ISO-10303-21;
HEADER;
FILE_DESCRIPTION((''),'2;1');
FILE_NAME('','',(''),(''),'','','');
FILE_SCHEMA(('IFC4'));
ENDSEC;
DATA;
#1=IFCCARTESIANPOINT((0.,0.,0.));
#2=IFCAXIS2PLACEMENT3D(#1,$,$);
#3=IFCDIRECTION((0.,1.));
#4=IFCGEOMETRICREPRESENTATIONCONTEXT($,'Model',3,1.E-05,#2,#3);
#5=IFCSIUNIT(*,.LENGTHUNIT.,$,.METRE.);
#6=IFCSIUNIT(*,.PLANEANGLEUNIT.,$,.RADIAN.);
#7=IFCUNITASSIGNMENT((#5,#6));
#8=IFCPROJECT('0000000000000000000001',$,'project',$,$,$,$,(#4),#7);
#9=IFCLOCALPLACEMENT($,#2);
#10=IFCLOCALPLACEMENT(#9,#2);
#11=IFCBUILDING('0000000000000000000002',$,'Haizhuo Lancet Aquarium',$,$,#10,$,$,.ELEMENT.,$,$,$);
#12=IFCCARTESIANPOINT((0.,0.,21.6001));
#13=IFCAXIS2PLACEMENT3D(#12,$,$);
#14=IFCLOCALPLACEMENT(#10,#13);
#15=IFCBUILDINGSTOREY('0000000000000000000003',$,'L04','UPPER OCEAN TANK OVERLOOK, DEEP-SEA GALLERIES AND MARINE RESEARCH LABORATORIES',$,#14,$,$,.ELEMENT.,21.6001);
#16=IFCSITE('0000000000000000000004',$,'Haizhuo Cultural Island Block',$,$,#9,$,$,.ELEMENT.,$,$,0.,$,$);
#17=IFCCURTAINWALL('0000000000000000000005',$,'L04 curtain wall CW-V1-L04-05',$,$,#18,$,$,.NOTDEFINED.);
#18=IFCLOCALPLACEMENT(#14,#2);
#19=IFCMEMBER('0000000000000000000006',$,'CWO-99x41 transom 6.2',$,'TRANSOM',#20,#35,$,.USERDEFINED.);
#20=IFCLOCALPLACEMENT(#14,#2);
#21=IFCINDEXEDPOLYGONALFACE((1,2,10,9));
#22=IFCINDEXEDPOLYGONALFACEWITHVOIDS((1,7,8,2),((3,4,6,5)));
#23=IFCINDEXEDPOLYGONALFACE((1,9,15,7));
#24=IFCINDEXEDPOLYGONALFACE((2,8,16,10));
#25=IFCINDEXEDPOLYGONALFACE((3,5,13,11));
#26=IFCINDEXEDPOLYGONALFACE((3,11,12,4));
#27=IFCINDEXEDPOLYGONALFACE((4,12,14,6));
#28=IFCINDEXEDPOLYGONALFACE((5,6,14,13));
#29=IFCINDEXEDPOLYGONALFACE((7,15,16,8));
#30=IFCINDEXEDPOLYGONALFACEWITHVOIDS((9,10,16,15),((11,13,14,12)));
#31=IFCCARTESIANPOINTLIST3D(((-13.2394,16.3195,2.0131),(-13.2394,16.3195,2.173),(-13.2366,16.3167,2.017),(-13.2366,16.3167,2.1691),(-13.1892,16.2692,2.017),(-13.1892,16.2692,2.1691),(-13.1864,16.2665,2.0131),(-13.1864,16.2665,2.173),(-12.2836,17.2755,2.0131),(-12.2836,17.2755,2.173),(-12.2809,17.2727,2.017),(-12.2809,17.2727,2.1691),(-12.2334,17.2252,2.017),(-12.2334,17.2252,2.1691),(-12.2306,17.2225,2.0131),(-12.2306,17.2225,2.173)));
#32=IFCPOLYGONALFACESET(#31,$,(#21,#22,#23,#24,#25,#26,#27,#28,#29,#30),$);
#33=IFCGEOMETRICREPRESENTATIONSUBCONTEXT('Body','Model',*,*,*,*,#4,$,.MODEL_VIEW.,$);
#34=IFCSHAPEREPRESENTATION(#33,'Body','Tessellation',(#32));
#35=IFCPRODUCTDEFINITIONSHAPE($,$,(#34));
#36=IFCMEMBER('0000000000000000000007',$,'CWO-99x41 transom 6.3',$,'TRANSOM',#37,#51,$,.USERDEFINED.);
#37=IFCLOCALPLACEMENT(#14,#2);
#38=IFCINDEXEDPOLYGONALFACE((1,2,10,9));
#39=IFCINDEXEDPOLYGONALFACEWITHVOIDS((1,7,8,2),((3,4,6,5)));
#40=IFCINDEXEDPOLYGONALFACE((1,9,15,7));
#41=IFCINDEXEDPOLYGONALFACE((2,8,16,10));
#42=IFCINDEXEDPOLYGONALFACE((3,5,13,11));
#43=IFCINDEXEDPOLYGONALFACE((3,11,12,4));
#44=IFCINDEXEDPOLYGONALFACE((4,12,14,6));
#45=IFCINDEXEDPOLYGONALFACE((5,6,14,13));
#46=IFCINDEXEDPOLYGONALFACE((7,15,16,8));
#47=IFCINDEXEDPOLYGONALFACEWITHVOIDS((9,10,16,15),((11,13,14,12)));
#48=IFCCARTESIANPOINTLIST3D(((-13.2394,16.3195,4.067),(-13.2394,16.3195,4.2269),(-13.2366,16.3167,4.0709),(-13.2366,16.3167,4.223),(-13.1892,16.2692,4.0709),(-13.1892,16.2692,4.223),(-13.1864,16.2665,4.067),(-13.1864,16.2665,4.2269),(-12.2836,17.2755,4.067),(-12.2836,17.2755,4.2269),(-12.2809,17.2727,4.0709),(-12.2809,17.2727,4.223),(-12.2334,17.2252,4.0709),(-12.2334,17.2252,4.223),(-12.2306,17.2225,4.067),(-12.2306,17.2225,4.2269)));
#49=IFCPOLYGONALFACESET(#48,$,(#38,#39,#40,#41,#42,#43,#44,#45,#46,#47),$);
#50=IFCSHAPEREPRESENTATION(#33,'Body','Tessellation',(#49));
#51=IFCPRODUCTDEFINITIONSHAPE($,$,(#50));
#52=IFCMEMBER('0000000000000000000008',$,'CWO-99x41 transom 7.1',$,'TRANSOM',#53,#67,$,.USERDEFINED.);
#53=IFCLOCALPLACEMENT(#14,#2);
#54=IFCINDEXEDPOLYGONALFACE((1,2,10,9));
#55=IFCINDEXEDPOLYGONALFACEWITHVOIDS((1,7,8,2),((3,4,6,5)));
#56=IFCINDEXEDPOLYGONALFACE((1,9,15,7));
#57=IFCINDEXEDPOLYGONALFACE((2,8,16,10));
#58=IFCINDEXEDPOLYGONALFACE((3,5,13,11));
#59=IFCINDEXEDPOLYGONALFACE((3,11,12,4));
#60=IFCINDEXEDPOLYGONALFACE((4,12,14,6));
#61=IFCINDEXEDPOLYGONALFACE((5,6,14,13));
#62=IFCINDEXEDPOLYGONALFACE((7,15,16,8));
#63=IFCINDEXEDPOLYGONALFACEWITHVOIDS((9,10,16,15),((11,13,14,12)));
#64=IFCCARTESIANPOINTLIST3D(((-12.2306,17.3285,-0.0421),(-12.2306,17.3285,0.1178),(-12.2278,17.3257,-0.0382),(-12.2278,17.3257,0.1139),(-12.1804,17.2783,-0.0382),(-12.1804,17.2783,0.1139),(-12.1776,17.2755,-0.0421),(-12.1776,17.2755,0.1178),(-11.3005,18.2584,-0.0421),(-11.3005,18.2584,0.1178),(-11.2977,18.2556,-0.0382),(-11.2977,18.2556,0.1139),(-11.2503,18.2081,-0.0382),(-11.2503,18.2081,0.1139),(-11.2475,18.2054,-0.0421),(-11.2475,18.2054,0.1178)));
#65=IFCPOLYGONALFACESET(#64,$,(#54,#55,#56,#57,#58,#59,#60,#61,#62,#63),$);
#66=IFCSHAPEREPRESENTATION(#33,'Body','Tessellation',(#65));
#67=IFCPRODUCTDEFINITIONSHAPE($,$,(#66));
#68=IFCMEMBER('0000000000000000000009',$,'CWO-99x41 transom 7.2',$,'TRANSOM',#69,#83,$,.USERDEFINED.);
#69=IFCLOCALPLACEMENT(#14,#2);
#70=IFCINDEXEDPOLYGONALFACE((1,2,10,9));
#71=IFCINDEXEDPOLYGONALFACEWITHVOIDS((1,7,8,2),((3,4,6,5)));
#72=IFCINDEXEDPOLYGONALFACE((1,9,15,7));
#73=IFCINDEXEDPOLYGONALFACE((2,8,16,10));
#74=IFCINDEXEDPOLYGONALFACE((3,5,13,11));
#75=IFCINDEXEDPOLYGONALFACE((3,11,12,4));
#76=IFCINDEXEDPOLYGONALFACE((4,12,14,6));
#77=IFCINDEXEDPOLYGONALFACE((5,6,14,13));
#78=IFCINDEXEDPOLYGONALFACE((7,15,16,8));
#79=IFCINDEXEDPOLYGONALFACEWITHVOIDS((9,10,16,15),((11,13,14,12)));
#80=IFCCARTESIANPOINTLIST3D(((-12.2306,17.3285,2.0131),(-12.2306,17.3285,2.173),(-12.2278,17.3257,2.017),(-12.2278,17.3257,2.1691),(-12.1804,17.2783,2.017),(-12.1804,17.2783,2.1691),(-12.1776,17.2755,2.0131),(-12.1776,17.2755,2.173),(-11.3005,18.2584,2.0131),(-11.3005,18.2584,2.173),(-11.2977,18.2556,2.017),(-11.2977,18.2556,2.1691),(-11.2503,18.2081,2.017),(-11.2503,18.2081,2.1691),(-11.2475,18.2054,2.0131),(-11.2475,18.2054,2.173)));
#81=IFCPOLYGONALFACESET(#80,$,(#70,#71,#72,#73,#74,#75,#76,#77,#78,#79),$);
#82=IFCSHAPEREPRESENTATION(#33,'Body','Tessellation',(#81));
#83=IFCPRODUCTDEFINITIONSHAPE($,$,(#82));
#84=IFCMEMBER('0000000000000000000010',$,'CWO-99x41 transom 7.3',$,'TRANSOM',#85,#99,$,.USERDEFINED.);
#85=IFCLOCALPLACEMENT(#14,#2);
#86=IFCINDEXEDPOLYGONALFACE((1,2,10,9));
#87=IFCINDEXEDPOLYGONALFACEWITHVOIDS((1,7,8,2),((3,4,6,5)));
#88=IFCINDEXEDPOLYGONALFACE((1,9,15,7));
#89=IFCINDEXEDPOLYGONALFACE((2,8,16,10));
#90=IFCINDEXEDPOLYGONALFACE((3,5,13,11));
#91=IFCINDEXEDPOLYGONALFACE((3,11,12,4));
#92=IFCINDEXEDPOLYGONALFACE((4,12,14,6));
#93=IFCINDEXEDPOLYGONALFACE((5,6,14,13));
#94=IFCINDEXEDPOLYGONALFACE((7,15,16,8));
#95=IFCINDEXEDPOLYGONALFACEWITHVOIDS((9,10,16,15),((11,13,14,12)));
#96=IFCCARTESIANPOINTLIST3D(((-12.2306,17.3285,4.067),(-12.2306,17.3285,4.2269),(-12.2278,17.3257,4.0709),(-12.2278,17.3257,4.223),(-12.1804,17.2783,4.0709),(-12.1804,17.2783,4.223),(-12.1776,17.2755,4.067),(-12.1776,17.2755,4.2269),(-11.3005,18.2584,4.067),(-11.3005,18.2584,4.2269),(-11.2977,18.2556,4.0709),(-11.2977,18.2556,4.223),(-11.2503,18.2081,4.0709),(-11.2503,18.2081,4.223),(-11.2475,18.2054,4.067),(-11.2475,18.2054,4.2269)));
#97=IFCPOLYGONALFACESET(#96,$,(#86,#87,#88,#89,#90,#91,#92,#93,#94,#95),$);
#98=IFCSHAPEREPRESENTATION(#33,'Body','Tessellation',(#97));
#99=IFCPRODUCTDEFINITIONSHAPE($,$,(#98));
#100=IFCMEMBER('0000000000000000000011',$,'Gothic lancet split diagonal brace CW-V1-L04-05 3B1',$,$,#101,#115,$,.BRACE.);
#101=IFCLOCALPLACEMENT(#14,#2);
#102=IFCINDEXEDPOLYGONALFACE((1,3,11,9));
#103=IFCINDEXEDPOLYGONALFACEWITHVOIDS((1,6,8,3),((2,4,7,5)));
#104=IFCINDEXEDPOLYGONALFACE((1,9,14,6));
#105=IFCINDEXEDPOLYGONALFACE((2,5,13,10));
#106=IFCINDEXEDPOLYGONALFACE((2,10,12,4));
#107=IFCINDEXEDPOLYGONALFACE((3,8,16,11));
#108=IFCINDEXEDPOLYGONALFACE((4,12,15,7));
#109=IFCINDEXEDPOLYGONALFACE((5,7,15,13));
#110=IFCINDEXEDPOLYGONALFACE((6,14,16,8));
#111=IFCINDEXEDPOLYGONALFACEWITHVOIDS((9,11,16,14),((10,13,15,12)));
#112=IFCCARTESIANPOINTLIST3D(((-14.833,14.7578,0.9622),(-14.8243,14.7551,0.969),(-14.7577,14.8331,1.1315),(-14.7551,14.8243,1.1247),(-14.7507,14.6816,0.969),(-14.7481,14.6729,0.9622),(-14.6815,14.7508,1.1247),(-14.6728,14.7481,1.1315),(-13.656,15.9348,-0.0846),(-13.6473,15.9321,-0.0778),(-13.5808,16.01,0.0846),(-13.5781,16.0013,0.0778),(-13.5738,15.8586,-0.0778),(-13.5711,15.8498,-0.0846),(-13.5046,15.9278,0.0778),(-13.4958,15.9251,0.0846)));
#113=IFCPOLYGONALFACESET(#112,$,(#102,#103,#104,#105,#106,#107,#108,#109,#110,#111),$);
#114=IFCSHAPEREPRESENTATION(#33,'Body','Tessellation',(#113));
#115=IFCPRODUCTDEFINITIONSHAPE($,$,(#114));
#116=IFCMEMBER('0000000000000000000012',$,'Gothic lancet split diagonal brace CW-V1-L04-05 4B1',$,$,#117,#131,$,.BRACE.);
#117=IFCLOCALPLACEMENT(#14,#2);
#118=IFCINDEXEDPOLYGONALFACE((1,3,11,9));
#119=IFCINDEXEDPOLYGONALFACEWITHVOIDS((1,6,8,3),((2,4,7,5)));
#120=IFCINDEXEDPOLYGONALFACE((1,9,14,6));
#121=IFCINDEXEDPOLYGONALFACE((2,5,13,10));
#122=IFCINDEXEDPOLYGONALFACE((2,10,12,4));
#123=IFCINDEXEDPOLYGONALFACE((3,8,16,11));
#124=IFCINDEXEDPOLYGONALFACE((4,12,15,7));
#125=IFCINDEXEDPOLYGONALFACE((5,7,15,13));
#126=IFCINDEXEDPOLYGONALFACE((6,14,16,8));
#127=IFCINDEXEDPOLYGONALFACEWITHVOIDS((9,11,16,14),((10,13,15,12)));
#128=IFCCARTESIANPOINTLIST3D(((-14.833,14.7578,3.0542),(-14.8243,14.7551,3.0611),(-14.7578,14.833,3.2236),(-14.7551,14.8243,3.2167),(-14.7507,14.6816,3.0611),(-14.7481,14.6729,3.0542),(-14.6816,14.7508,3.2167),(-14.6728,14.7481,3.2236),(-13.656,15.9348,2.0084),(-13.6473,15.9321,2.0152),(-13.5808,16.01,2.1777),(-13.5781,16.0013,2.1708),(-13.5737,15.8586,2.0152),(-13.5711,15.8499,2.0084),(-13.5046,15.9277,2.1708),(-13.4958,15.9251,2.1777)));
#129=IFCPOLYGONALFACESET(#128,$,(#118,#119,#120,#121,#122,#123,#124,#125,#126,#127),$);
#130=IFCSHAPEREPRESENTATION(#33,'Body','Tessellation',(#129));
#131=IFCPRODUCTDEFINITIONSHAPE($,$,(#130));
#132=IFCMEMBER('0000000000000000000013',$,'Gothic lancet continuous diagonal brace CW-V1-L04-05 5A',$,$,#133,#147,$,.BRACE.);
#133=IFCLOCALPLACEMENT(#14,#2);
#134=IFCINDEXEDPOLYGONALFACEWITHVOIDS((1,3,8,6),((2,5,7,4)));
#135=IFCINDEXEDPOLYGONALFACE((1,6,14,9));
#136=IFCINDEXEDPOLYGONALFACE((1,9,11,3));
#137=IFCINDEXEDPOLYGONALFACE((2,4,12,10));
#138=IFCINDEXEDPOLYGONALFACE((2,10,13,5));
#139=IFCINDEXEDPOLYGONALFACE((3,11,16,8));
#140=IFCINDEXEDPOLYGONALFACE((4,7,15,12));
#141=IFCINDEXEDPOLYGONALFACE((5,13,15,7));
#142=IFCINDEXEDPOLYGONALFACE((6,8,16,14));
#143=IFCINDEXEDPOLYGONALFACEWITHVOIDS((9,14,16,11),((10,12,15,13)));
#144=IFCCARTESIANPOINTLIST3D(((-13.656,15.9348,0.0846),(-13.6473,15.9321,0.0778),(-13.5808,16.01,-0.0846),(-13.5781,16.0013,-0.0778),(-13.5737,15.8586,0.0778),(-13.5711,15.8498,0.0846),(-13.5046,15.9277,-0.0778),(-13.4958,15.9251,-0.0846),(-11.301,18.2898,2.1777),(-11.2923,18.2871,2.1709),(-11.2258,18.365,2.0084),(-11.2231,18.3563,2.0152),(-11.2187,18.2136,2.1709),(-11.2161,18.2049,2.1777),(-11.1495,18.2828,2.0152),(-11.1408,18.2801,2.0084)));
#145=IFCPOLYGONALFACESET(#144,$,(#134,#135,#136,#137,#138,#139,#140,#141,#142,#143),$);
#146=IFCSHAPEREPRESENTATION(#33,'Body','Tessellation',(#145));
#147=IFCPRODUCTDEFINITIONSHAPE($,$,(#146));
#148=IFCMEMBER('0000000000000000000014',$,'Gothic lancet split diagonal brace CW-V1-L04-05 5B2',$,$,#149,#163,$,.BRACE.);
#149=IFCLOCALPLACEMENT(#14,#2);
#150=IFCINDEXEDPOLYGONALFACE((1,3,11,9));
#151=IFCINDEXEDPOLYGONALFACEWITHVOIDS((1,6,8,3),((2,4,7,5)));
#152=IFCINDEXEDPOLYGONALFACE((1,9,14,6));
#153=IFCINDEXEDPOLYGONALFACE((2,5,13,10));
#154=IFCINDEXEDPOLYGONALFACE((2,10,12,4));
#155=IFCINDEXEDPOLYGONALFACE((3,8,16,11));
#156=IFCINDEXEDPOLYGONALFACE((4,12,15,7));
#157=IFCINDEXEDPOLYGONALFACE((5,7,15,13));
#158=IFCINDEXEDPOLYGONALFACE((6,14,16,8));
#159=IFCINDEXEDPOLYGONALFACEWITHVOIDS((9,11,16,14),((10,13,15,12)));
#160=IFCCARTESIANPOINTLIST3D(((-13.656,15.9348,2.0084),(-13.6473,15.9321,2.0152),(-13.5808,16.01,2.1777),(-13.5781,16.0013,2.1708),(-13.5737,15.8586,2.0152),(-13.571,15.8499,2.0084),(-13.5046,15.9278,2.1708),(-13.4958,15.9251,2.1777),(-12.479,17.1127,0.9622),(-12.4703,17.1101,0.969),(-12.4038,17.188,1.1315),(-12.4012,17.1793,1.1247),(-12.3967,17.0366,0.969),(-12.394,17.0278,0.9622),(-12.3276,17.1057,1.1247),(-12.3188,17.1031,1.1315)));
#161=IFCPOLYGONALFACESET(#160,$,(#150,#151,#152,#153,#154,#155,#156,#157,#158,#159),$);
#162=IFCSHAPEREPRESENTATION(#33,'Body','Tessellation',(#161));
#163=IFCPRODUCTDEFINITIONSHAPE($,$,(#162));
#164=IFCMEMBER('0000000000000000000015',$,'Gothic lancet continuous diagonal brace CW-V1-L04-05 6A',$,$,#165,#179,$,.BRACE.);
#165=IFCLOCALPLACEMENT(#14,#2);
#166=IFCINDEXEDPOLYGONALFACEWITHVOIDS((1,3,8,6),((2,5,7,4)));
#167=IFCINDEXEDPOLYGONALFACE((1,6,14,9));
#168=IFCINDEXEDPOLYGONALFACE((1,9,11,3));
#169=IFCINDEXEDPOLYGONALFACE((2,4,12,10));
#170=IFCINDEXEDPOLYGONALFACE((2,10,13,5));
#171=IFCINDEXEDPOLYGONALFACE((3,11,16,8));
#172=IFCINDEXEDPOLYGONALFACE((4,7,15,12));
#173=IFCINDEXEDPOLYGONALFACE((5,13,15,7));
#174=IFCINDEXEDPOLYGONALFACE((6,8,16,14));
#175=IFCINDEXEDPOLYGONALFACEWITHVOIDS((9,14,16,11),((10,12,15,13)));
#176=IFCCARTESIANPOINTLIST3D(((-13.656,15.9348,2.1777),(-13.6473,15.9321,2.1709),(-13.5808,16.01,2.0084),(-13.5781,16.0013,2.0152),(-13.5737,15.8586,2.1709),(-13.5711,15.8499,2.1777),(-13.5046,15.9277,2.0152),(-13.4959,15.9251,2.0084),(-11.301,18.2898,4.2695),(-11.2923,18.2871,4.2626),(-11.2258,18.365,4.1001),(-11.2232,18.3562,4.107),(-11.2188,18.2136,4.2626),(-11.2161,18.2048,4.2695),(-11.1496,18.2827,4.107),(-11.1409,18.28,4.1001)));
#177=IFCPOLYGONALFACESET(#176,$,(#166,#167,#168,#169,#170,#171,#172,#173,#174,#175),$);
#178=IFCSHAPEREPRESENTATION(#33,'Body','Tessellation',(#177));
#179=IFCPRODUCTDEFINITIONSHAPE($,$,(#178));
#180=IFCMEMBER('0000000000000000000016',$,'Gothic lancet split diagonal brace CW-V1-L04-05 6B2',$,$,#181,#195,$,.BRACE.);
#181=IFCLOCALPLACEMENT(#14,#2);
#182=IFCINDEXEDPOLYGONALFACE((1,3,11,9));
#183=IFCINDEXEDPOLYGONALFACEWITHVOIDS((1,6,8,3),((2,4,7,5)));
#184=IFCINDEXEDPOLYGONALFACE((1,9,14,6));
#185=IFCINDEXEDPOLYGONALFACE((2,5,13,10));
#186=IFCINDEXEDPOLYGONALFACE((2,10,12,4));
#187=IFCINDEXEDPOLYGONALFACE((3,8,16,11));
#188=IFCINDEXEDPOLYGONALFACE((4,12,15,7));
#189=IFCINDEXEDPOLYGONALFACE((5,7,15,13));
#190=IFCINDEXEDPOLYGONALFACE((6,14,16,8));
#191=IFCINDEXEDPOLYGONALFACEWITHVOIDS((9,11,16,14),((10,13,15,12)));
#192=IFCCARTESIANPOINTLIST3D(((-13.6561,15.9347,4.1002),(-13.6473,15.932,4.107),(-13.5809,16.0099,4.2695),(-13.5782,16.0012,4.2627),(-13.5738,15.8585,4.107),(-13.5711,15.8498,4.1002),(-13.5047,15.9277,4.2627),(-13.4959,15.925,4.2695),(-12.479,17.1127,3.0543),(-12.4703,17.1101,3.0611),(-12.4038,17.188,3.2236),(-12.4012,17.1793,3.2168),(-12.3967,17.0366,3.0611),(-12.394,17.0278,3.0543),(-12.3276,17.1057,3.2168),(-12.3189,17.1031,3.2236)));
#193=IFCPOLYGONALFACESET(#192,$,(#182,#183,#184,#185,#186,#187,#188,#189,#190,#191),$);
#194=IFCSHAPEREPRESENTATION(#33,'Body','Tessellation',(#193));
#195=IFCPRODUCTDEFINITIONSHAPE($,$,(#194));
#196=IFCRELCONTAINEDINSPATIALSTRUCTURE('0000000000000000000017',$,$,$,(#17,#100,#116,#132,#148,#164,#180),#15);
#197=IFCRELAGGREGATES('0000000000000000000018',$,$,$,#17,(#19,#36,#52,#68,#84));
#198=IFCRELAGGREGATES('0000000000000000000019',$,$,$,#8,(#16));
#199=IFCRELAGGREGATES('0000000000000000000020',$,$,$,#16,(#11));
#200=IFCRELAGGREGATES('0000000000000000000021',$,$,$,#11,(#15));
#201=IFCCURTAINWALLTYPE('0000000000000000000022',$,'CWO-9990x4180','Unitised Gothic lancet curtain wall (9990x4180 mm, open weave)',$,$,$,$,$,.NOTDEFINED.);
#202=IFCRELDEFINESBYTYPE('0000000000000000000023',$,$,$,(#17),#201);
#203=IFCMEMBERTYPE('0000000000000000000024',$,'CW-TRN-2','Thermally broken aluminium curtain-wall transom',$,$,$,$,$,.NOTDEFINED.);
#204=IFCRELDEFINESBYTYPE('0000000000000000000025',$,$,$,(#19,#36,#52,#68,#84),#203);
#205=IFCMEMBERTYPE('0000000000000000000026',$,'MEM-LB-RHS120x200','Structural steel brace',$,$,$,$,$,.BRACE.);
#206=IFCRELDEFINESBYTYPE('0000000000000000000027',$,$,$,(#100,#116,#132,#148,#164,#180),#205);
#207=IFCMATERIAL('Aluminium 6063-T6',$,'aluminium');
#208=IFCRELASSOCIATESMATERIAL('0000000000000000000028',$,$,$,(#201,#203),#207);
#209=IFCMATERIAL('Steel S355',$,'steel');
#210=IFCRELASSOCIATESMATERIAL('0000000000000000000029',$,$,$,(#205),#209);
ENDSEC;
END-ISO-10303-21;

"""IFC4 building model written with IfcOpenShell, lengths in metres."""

from ifc_helpers import new_model, si_unit, direction, frame, origin, origin_2d, place, context, subcontext, project, spatial, hollow_rectangle, extrude, material, material_profile, profile_set, type_object, element, aggregate, save


model = new_model("IFC4")

# Units and contexts
model_context = context("Model", 3, precision=1e-05, world=origin(), true_north=direction((0.0, 1.0)))
body_context = subcontext(model_context, "Body", "Model", "MODEL_VIEW")
ifc_project = project(units=[si_unit("LENGTHUNIT", "METRE"), si_unit("PLANEANGLEUNIT", "RADIAN")], contexts=[model_context])

# Site, building, storey
site_placement = place(None, origin())
site = spatial("IfcSite", under=ifc_project, at=site_placement, Name="Haizhuo Cultural Island Block", CompositionType="ELEMENT", RefElevation=0.0)
building_placement = place(site_placement, origin())
building = spatial("IfcBuilding", under=site, at=building_placement, Name="Haizhuo Lancet Aquarium", CompositionType="ELEMENT")
storey_placement = place(building_placement, frame((0.0, 0.0, 21.6001)))
storey = spatial("IfcBuildingStorey", under=building, at=storey_placement, Name="L04", Description="UPPER OCEAN TANK OVERLOOK, DEEP-SEA GALLERIES AND MARINE RESEARCH LABORATORIES", CompositionType="ELEMENT", Elevation=21.6001)

# Shared definitions
ifc_material_1 = material(Name="Steel S355", Category="steel")

# Curtain wall, members
ifc_material_2 = material(Name="Aluminium 6063-T6", Category="aluminium")
curtain_wall_type = type_object("IfcCurtainWallType", Name="CWO-9990x4180", Description="Unitised Gothic lancet curtain wall (9990x4180 mm, open weave)", PredefinedType="NOTDEFINED", material=ifc_material_2)
curtain_wall_placement = place(storey_placement, origin())
curtain_wall = element("IfcCurtainWall", 1, at=curtain_wall_placement, inside=storey, type_object=curtain_wall_type, Name="L04 curtain wall CW-V1-L04-05", PredefinedType="NOTDEFINED")
ifc_material_profile_1 = material_profile(ifc_material_2, hollow_rectangle(XDim=0.075, YDim=0.1599, WallThickness=0.0039, at=origin_2d()), Name="ALU-T 75x160x4")
ifc_profile_set_1 = profile_set([ifc_material_profile_1], Name="Aluminium 6063-T6")
member_type_1 = type_object("IfcMemberType", Name="CW-TRN-2", Description="Thermally broken aluminium curtain-wall transom", PredefinedType="NOTDEFINED", material=ifc_profile_set_1)
member_1_placement = place(storey_placement, frame((-13.2129, 16.293, 2.093), z_axis=(0.707016, 0.707197, 0.0), x_axis=(-0.707197, 0.707016, 0.0)))
member_1 = element("IfcMember", 2, at=member_1_placement, type_object=member_type_1, Name="CWO-99x41 transom 6.2", ObjectType="TRANSOM", PredefinedType="USERDEFINED", context=body_context, shape_type="SweptSolid", body=[
    extrude(hollow_rectangle(XDim=0.075, YDim=0.1599, WallThickness=0.0039, at=origin_2d()), origin(), (0.0, 0.0, 1.0), 1.3518),
])
member_2_placement = place(storey_placement, frame((-13.2129, 16.293, 4.147), z_axis=(0.707016, 0.707197, 0.0), x_axis=(-0.707197, 0.707016, 0.0)))
member_2 = element("IfcMember", 3, at=member_2_placement, type_object=member_type_1, Name="CWO-99x41 transom 6.3", ObjectType="TRANSOM", PredefinedType="USERDEFINED", context=body_context, shape_type="SweptSolid", body=[
    extrude(hollow_rectangle(XDim=0.075, YDim=0.1599, WallThickness=0.0039, at=origin_2d()), origin(), (0.0, 0.0, 1.0), 1.3518),
])
member_3_placement = place(storey_placement, frame((-12.2041, 17.302, 0.0378), z_axis=(0.7072, 0.707014, 0.0), x_axis=(-0.707014, 0.7072, 0.0)))
member_3 = element("IfcMember", 4, at=member_3_placement, type_object=member_type_1, Name="CWO-99x41 transom 7.1", ObjectType="TRANSOM", PredefinedType="USERDEFINED", context=body_context, shape_type="SweptSolid", body=[
    extrude(hollow_rectangle(XDim=0.075, YDim=0.1599, WallThickness=0.0039, at=origin_2d()), origin(), (0.0, 0.0, 1.0), 1.3152),
])
member_4_placement = place(storey_placement, frame((-12.2041, 17.302, 2.093), z_axis=(0.7072, 0.707014, 0.0), x_axis=(-0.707014, 0.7072, 0.0)))
member_4 = element("IfcMember", 5, at=member_4_placement, type_object=member_type_1, Name="CWO-99x41 transom 7.2", ObjectType="TRANSOM", PredefinedType="USERDEFINED", context=body_context, shape_type="SweptSolid", body=[
    extrude(hollow_rectangle(XDim=0.075, YDim=0.1599, WallThickness=0.0039, at=origin_2d()), origin(), (0.0, 0.0, 1.0), 1.3152),
])
member_5_placement = place(storey_placement, frame((-12.2041, 17.302, 4.147), z_axis=(0.7072, 0.707014, 0.0), x_axis=(-0.707014, 0.7072, 0.0)))
member_5 = element("IfcMember", 6, at=member_5_placement, type_object=member_type_1, Name="CWO-99x41 transom 7.3", ObjectType="TRANSOM", PredefinedType="USERDEFINED", context=body_context, shape_type="SweptSolid", body=[
    extrude(hollow_rectangle(XDim=0.075, YDim=0.1599, WallThickness=0.0039, at=origin_2d()), origin(), (0.0, 0.0, 1.0), 1.3152),
])

# Members
ifc_material_profile_2 = material_profile(ifc_material_1, hollow_rectangle(XDim=0.1201, YDim=0.2, WallThickness=0.0081, at=origin_2d()), Name="RHS 120x200x8")
ifc_profile_set_2 = profile_set([ifc_material_profile_2], Name="Steel S355")
member_type_2 = type_object("IfcMemberType", Name="MEM-LB-RHS120x200", Description="Structural steel brace", PredefinedType="BRACE", material=ifc_profile_set_2)
member_6_placement = place(storey_placement, frame((-13.5759, 15.9299, 0.0), z_axis=(-0.598566, -0.598566, 0.532389), x_axis=(0.707107, -0.707107, 0.0)))
element("IfcMember", 7, at=member_6_placement, inside=storey, type_object=member_type_2, Name="Gothic lancet split diagonal brace CW-V1-L04-05 3B1", PredefinedType="BRACE", context=body_context, shape_type="SweptSolid", body=[
    extrude(hollow_rectangle(XDim=0.1201, YDim=0.2, WallThickness=0.0081, at=origin_2d()), origin(), (0.0, 0.0, 1.0), 1.9663),
])
member_7_placement = place(storey_placement, frame((-13.5759, 15.9299, 2.093), z_axis=(-0.598724, -0.598724, 0.532033), x_axis=(0.707107, -0.707107, 0.0)))
element("IfcMember", 8, at=member_7_placement, inside=storey, type_object=member_type_2, Name="Gothic lancet split diagonal brace CW-V1-L04-05 4B1", PredefinedType="BRACE", context=body_context, shape_type="SweptSolid", body=[
    extrude(hollow_rectangle(XDim=0.1201, YDim=0.2, WallThickness=0.0081, at=origin_2d()), origin(), (0.0, 0.0, 1.0), 1.9658),
])
member_8_placement = place(storey_placement, frame((-13.5759, 15.9299, 0.0), z_axis=(0.598695, 0.598695, 0.532098), x_axis=(-0.707107, 0.707107, 0.0)))
element("IfcMember", 9, at=member_8_placement, inside=storey, type_object=member_type_2, Name="Gothic lancet continuous diagonal brace CW-V1-L04-05 5A", PredefinedType="BRACE", context=body_context, shape_type="SweptSolid", body=[
    extrude(hollow_rectangle(XDim=0.1201, YDim=0.2, WallThickness=0.0081, at=origin_2d()), origin(), (0.0, 0.0, 1.0), 3.9336),
])
member_9_placement = place(storey_placement, frame((-12.3989, 17.1079, 1.0469), z_axis=(-0.598506, -0.599003, 0.531964), x_axis=(0.7074, -0.706813, 0.0)))
element("IfcMember", 10, at=member_9_placement, inside=storey, type_object=member_type_2, Name="Gothic lancet split diagonal brace CW-V1-L04-05 5B2", PredefinedType="BRACE", context=body_context, shape_type="SweptSolid", body=[
    extrude(hollow_rectangle(XDim=0.1201, YDim=0.2, WallThickness=0.0081, at=origin_2d()), origin(), (0.0, 0.0, 1.0), 1.9666),
])
member_10_placement = place(storey_placement, frame((-13.5759, 15.9299, 2.093), z_axis=(0.598794, 0.598794, 0.531875), x_axis=(-0.707107, 0.707107, 0.0)))
element("IfcMember", 11, at=member_10_placement, inside=storey, type_object=member_type_2, Name="Gothic lancet continuous diagonal brace CW-V1-L04-05 6A", PredefinedType="BRACE", context=body_context, shape_type="SweptSolid", body=[
    extrude(hollow_rectangle(XDim=0.1201, YDim=0.2, WallThickness=0.0081, at=origin_2d()), origin(), (0.0, 0.0, 1.0), 3.9329),
])
member_11_placement = place(storey_placement, frame((-12.3989, 17.1079, 3.1389), z_axis=(-0.598546, -0.599042, 0.531875), x_axis=(0.7074, -0.706813, 0.0)))
element("IfcMember", 12, at=member_11_placement, inside=storey, type_object=member_type_2, Name="Gothic lancet split diagonal brace CW-V1-L04-05 6B2", PredefinedType="BRACE", context=body_context, shape_type="SweptSolid", body=[
    extrude(hollow_rectangle(XDim=0.1201, YDim=0.2, WallThickness=0.0081, at=origin_2d()), origin(), (0.0, 0.0, 1.0), 1.9666),
])

aggregate(curtain_wall, [member_1, member_2, member_3, member_4, member_5])

save(model, "model.ifc")
